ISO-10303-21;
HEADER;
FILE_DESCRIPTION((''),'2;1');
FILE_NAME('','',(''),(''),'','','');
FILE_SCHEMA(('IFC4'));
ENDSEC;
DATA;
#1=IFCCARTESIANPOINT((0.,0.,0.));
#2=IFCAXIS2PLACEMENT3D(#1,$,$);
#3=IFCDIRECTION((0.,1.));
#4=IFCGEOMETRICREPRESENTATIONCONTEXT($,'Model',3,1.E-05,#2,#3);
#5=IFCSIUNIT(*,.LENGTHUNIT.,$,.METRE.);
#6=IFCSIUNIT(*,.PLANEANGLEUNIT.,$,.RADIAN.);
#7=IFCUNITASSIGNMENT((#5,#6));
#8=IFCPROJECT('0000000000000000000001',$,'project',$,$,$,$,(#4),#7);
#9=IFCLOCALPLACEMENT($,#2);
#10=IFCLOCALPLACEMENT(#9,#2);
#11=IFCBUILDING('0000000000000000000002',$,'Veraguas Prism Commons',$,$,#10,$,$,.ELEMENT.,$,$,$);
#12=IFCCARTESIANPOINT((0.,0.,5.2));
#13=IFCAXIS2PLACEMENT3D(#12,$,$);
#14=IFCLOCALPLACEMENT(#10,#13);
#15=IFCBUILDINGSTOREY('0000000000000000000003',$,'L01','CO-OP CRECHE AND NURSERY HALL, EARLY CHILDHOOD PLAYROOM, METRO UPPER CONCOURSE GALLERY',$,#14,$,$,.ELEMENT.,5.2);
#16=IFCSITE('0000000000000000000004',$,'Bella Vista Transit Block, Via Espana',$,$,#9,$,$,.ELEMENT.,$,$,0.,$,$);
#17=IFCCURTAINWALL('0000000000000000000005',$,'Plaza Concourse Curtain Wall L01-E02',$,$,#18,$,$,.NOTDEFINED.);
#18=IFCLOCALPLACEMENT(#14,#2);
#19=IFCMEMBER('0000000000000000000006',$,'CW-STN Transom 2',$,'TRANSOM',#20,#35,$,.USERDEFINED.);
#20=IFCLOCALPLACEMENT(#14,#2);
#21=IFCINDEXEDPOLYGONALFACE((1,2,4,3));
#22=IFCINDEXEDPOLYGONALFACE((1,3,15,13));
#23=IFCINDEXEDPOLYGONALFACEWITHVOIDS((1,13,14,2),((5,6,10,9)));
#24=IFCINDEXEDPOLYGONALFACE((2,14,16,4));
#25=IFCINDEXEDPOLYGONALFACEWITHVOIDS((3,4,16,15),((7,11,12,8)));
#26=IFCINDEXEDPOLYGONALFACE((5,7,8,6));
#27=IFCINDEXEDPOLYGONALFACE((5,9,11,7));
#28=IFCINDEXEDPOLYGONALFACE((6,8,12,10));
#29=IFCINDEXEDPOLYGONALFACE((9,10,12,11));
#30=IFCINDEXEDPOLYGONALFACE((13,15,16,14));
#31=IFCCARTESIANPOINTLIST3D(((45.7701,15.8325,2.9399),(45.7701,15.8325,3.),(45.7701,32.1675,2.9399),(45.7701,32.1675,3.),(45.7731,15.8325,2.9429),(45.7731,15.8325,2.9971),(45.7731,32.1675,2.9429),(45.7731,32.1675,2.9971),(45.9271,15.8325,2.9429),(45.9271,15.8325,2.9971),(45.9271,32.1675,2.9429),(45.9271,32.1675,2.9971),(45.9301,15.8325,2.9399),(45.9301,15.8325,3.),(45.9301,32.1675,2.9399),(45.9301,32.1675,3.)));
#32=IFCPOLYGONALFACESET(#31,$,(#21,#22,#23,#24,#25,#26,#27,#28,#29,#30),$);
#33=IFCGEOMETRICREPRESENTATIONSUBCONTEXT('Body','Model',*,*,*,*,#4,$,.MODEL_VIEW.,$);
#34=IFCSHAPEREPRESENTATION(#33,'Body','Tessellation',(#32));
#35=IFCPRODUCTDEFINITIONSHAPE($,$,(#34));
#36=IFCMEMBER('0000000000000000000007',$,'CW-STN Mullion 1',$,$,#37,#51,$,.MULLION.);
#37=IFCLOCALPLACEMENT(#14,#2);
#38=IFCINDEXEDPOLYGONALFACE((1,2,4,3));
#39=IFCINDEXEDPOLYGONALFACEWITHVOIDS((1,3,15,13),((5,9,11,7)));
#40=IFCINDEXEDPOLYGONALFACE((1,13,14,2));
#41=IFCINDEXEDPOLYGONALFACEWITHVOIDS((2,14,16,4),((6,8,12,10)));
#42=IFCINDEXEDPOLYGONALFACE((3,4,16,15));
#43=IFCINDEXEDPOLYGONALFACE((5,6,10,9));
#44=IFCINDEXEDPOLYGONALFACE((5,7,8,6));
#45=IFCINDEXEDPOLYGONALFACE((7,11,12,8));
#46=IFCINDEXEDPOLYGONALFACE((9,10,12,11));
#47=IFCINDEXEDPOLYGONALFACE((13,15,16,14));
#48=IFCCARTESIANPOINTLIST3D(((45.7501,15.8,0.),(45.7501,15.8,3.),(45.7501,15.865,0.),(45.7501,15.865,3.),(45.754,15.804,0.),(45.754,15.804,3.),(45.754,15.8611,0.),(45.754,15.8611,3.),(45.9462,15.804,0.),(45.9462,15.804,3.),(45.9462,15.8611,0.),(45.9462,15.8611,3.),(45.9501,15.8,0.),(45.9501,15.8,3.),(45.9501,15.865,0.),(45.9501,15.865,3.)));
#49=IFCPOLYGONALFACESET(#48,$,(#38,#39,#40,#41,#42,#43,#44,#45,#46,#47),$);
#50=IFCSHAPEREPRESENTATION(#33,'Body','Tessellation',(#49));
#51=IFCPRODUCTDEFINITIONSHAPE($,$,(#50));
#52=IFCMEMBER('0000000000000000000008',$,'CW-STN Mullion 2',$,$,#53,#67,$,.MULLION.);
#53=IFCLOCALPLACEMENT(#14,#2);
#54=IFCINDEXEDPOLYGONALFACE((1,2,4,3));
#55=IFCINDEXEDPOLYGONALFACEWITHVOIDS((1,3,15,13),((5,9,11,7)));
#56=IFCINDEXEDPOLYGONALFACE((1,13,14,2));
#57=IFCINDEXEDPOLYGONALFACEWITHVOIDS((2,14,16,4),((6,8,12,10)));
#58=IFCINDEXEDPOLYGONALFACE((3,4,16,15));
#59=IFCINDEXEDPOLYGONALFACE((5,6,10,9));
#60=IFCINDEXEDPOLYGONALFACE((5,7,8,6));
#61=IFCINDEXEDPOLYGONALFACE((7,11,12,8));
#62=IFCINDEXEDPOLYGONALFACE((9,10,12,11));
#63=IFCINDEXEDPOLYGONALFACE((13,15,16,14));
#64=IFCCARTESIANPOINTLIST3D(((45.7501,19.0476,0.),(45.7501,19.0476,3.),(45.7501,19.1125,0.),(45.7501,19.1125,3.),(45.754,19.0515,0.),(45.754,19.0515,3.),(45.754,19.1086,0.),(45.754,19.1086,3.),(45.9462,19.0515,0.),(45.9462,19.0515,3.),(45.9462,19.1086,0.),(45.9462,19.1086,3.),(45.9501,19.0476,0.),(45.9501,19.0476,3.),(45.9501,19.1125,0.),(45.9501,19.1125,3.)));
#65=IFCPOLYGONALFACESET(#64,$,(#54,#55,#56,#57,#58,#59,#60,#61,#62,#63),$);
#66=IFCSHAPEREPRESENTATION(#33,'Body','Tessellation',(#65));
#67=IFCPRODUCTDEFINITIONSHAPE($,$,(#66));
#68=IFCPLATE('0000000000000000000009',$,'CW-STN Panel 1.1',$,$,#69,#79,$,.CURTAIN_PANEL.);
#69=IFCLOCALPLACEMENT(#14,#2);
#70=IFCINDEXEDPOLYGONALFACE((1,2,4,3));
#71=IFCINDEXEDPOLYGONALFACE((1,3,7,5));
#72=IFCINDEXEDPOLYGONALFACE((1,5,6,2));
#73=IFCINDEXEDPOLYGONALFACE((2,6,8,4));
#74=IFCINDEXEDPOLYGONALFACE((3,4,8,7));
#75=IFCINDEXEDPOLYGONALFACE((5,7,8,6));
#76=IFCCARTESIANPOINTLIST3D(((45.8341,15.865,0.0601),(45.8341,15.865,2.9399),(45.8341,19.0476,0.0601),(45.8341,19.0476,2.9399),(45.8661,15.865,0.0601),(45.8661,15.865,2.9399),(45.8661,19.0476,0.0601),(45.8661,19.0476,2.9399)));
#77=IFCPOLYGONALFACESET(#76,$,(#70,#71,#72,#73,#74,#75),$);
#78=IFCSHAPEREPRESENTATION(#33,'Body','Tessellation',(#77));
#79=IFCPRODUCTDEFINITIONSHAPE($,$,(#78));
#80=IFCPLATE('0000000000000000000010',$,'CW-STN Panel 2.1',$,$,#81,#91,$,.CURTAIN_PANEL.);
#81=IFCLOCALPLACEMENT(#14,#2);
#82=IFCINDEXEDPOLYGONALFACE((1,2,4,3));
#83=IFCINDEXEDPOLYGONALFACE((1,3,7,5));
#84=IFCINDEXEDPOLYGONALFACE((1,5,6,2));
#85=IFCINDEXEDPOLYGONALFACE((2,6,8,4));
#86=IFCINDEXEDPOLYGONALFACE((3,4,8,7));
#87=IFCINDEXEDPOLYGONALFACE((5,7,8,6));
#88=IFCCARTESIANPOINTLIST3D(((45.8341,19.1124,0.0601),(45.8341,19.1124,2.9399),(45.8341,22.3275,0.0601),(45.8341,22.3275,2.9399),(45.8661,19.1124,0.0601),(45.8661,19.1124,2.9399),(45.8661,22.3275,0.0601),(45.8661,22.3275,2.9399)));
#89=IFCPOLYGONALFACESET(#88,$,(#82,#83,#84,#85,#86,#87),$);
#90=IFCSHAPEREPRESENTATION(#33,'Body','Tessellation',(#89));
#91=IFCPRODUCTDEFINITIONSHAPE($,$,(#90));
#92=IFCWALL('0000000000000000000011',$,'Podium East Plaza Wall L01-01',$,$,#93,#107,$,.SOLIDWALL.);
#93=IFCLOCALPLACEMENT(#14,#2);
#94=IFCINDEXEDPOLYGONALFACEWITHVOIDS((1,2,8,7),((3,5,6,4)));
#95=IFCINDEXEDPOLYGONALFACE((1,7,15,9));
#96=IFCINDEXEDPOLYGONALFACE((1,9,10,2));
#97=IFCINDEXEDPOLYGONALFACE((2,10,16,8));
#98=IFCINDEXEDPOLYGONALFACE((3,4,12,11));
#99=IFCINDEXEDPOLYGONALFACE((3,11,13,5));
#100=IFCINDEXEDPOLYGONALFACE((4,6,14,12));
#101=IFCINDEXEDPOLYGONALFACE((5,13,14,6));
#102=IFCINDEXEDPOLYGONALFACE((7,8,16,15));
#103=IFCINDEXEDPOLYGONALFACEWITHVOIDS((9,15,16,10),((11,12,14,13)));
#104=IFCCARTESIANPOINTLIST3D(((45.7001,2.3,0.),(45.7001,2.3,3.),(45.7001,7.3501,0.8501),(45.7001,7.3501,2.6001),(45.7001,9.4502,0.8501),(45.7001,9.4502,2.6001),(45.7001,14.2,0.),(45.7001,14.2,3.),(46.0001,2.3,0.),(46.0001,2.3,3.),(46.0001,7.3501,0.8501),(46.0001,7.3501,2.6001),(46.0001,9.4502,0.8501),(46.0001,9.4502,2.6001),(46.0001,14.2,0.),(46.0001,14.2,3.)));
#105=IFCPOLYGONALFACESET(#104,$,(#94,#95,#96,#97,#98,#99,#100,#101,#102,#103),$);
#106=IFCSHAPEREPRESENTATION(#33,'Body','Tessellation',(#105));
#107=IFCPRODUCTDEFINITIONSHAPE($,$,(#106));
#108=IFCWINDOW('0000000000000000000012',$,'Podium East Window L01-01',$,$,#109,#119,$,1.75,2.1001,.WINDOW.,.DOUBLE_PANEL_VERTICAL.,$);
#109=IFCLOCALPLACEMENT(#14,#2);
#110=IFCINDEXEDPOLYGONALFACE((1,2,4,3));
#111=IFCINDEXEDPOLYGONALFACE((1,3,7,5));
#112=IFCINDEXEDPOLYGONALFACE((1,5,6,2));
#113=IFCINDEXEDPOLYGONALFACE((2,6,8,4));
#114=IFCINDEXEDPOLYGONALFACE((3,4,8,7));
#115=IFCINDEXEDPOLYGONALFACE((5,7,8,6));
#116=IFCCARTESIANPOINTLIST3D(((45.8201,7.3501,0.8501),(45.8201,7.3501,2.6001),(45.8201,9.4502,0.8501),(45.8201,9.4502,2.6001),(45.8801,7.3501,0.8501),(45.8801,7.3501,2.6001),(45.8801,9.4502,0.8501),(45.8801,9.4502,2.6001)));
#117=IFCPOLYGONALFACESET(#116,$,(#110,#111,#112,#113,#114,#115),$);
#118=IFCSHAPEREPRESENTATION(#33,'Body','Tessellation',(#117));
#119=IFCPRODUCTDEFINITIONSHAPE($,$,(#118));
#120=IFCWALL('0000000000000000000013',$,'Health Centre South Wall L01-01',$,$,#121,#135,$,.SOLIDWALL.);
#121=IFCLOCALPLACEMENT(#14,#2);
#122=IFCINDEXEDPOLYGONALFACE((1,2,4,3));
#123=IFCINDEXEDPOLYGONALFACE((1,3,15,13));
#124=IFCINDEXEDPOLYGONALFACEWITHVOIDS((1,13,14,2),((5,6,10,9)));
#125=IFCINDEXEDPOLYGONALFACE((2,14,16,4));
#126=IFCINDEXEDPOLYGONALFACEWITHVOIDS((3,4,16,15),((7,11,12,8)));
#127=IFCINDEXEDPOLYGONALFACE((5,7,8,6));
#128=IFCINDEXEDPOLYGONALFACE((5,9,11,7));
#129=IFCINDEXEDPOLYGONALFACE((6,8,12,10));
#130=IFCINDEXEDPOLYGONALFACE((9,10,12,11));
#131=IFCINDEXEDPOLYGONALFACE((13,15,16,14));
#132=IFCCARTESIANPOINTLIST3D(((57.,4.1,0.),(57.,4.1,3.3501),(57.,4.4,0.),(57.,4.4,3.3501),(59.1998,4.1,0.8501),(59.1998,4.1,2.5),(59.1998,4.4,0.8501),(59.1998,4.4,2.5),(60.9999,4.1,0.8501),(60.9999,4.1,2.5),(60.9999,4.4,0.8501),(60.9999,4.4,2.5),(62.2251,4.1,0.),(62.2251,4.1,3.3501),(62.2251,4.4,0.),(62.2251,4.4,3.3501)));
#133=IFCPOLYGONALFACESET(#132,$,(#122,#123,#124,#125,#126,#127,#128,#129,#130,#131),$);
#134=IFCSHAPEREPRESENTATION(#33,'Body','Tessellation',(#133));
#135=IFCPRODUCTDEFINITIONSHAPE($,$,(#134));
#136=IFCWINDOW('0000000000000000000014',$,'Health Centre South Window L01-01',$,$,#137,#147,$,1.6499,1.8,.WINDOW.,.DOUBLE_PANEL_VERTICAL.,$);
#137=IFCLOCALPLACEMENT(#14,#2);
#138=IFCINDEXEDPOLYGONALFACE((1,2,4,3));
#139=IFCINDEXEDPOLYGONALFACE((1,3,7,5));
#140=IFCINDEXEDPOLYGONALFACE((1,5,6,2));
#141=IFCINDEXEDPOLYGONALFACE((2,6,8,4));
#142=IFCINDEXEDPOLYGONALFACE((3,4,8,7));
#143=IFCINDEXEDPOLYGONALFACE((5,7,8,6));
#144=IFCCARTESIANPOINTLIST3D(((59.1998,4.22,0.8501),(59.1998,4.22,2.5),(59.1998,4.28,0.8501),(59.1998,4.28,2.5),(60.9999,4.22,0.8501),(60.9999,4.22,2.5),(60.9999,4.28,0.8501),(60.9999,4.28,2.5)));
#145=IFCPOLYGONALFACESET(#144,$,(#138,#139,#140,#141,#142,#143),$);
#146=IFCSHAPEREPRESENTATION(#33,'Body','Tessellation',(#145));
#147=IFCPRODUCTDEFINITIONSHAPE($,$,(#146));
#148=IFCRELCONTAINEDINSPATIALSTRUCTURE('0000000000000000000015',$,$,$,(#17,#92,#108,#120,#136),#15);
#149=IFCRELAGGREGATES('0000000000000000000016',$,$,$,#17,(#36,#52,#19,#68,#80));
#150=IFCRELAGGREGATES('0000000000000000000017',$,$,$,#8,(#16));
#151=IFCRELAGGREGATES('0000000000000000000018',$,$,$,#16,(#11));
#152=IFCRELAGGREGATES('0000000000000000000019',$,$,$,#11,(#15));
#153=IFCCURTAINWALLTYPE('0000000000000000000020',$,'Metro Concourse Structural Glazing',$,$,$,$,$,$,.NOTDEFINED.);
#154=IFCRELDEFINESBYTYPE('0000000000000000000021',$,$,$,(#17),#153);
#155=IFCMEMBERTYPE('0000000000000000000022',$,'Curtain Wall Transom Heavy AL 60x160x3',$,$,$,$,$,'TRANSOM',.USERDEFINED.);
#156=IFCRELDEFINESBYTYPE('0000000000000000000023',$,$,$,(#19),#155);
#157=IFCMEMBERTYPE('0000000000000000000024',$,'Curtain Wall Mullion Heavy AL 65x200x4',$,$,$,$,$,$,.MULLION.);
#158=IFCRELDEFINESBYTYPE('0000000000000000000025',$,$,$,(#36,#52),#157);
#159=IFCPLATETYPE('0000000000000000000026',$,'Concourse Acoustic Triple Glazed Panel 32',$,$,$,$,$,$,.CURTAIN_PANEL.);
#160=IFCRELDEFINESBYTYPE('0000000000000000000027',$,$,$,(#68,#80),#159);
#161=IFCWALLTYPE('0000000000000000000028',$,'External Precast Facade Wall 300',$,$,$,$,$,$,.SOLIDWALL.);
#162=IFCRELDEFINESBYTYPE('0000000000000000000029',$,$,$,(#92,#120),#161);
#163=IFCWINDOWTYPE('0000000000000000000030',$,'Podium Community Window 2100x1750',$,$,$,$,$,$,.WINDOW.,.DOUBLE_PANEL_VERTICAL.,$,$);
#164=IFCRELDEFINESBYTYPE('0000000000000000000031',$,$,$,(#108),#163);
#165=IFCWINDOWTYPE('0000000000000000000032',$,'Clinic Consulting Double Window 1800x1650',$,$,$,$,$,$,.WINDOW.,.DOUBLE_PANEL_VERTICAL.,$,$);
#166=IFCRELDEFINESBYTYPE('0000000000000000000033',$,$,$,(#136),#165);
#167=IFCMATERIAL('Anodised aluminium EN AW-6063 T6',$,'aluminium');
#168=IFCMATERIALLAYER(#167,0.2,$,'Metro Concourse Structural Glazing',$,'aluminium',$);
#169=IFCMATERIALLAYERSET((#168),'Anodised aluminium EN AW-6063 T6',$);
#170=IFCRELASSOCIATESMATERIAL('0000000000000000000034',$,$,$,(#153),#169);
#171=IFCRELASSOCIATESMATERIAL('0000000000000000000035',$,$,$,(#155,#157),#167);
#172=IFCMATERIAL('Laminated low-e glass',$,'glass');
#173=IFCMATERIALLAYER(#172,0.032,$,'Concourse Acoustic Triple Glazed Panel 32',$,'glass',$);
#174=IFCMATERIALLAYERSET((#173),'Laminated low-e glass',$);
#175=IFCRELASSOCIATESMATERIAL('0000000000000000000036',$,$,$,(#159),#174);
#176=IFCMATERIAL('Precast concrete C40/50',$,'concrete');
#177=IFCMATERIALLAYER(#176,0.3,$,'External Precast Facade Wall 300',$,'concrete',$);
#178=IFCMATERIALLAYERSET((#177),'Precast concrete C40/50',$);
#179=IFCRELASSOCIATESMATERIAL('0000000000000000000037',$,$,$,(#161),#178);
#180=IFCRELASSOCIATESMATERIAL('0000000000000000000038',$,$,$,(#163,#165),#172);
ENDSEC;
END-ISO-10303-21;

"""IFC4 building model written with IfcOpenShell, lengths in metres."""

from ifc_helpers import new_model, si_unit, direction, frame, frame_2d, origin, origin_2d, place, context, subcontext, project, spatial, rectangle, hollow_rectangle, extrude, source, transform, mapped, material, layer, layer_set, material_profile, profile_set, type_object, element, fill, aggregate, save


model = new_model("IFC4")

# Units and contexts
model_context = context("Model", 3, precision=1e-05, world=origin(), true_north=direction((0.0, 1.0)))
body_context = subcontext(model_context, "Body", "Model", "MODEL_VIEW")
ifc_project = project(units=[si_unit("LENGTHUNIT", "METRE"), si_unit("PLANEANGLEUNIT", "RADIAN")], contexts=[model_context])

# Site, building, storey
site_placement = place(None, origin())
site = spatial("IfcSite", under=ifc_project, at=site_placement, Name="Bella Vista Transit Block, Via Espana", CompositionType="ELEMENT", RefElevation=0.0)
building_placement = place(site_placement, origin())
building = spatial("IfcBuilding", under=site, at=building_placement, Name="Veraguas Prism Commons", CompositionType="ELEMENT")
storey_placement = place(building_placement, frame((0.0, 0.0, 5.2)))
storey = spatial("IfcBuildingStorey", under=building, at=storey_placement, Name="L01", Description="CO-OP CRECHE AND NURSERY HALL, EARLY CHILDHOOD PLAYROOM, METRO UPPER CONCOURSE GALLERY", CompositionType="ELEMENT", Elevation=5.2)

# Curtain wall, members, plates
ifc_material_1 = material(Name="Anodised aluminium EN AW-6063 T6", Category="aluminium")
ifc_layer_1 = layer(ifc_material_1, 0.2, Name="Metro Concourse Structural Glazing", Category="aluminium")
ifc_layer_set_1 = layer_set([ifc_layer_1], Name="Anodised aluminium EN AW-6063 T6")
curtain_wall_type = type_object("IfcCurtainWallType", Name="Metro Concourse Structural Glazing", PredefinedType="NOTDEFINED", material=ifc_layer_set_1)
curtain_wall_placement = place(storey_placement, origin())
curtain_wall = element("IfcCurtainWall", 1, at=curtain_wall_placement, inside=storey, type_object=curtain_wall_type, Name="Plaza Concourse Curtain Wall L01-E02", PredefinedType="NOTDEFINED")
ifc_material_profile_1 = material_profile(ifc_material_1, hollow_rectangle(XDim=0.0601, YDim=0.1599, WallThickness=0.0029, at=origin_2d()), Name="AL60X160X3")
ifc_profile_set_1 = profile_set([ifc_material_profile_1], Name="Anodised aluminium EN AW-6063 T6")
member_type_1 = type_object("IfcMemberType", Name="Curtain Wall Transom Heavy AL 60x160x3", ElementType="TRANSOM", PredefinedType="USERDEFINED", material=ifc_profile_set_1)
shared_shape_1 = source(origin(), body_context, "Body", "SweptSolid", [
    extrude(hollow_rectangle(XDim=0.0601, YDim=0.1599, WallThickness=0.0029, at=origin_2d()), origin(), (0.0, 0.0, 1.0), 16.335),
])
member_1_placement = place(storey_placement, frame((45.8501, 15.8325, 2.97), z_axis=(0.0, 1.0, 0.0), x_axis=(0.0, 0.0, 1.0)))
member_1 = element("IfcMember", 2, at=member_1_placement, type_object=member_type_1, Name="CW-STN Transom 2", ObjectType="TRANSOM", PredefinedType="USERDEFINED", context=body_context, shape_type="MappedRepresentation", body=[
    mapped(shared_shape_1, transform((0.0, 0.0, 0.0), scale=1.0)),
])
ifc_material_profile_2 = material_profile(ifc_material_1, hollow_rectangle(XDim=0.0649, YDim=0.2, WallThickness=0.0039, at=origin_2d()), Name="AL65X200X4")
ifc_profile_set_2 = profile_set([ifc_material_profile_2], Name="Anodised aluminium EN AW-6063 T6")
member_type_2 = type_object("IfcMemberType", Name="Curtain Wall Mullion Heavy AL 65x200x4", PredefinedType="MULLION", material=ifc_profile_set_2)
shared_shape_2 = source(origin(), body_context, "Body", "SweptSolid", [
    extrude(hollow_rectangle(XDim=0.0649, YDim=0.2, WallThickness=0.0039, at=origin_2d()), origin(), (0.0, 0.0, 1.0), 3.0),
])
member_2_placement = place(storey_placement, frame((45.8501, 15.8325, 0.0), z_axis=(0.0, 0.0, 1.0), x_axis=(0.0, 1.0, 0.0)))
member_2 = element("IfcMember", 3, at=member_2_placement, type_object=member_type_2, Name="CW-STN Mullion 1", PredefinedType="MULLION", context=body_context, shape_type="MappedRepresentation", body=[
    mapped(shared_shape_2, transform((0.0, 0.0, 0.0), scale=1.0)),
])
member_3_placement = place(storey_placement, frame((45.8501, 19.0801, 0.0), z_axis=(0.0, 0.0, 1.0), x_axis=(0.0, 1.0, 0.0)))
member_3 = element("IfcMember", 4, at=member_3_placement, type_object=member_type_2, Name="CW-STN Mullion 2", PredefinedType="MULLION", context=body_context, shape_type="MappedRepresentation", body=[
    mapped(shared_shape_2, transform((0.0, 0.0, 0.0), scale=1.0)),
])
ifc_material_2 = material(Name="Laminated low-e glass", Category="glass")
ifc_layer_2 = layer(ifc_material_2, 0.032, Name="Concourse Acoustic Triple Glazed Panel 32", Category="glass")
ifc_layer_set_2 = layer_set([ifc_layer_2], Name="Laminated low-e glass")
plate_type = type_object("IfcPlateType", Name="Concourse Acoustic Triple Glazed Panel 32", PredefinedType="CURTAIN_PANEL", material=ifc_layer_set_2)
shared_shape_3 = source(origin(), body_context, "Body", "SweptSolid", [
    extrude(rectangle(XDim=3.1826, YDim=0.032, at=origin_2d()), origin(), (0.0, 0.0, 1.0), 2.8799),
])
plate_1_placement = place(storey_placement, frame((45.8501, 17.4563, 0.0601), z_axis=(0.0, 0.0, 1.0), x_axis=(0.0, 1.0, 0.0)))
plate_1 = element("IfcPlate", 5, at=plate_1_placement, type_object=plate_type, Name="CW-STN Panel 1.1", PredefinedType="CURTAIN_PANEL", context=body_context, shape_type="MappedRepresentation", body=[
    mapped(shared_shape_3, transform((0.0, 0.0, 0.0), scale=1.0)),
])
shared_shape_4 = source(origin(), body_context, "Body", "SweptSolid", [
    extrude(rectangle(XDim=3.2151, YDim=0.032, at=origin_2d()), origin(), (0.0, 0.0, 1.0), 2.8799),
])
plate_2_placement = place(storey_placement, frame((45.8501, 20.72, 0.0601), z_axis=(0.0, 0.0, 1.0), x_axis=(0.0, 1.0, 0.0)))
plate_2 = element("IfcPlate", 6, at=plate_2_placement, type_object=plate_type, Name="CW-STN Panel 2.1", PredefinedType="CURTAIN_PANEL", context=body_context, shape_type="MappedRepresentation", body=[
    mapped(shared_shape_4, transform((0.0, 0.0, 0.0), scale=1.0)),
])
aggregate(curtain_wall, [member_2, member_3, member_1, plate_1, plate_2])

# Walls, openings, windows
ifc_material_3 = material(Name="Precast concrete C40/50", Category="concrete")
ifc_layer_3 = layer(ifc_material_3, 0.3, Name="External Precast Facade Wall 300", Category="concrete")
ifc_layer_set_3 = layer_set([ifc_layer_3], Name="Precast concrete C40/50")
wall_type = type_object("IfcWallType", Name="External Precast Facade Wall 300", PredefinedType="SOLIDWALL", material=ifc_layer_set_3)
wall_1_placement = place(storey_placement, frame((45.8501, 2.3, 0.0), z_axis=(0.0, 0.0, 1.0), x_axis=(0.0, 1.0, 0.0)))
wall_1 = element("IfcWall", 7, at=wall_1_placement, inside=storey, type_object=wall_type, Name="Podium East Plaza Wall L01-01", PredefinedType="SOLIDWALL", context=body_context, shape_type="SweptSolid", body=[
    extrude(rectangle(XDim=11.8999, YDim=0.3, at=frame_2d((5.95, 0.0))), origin(), (0.0, 0.0, 1.0), 3.0),
])
opening_1_placement = place(wall_1_placement, frame((5.05, 0.0, 0.8501)))
opening_1 = element("IfcOpeningElement", 8, at=opening_1_placement, cuts=wall_1, PredefinedType="OPENING", context=body_context, shape_type="SweptSolid", body=[
    extrude(rectangle(XDim=2.1001, YDim=1.75, at=frame_2d((1.05, 0.875))), frame((0.0, 0.1599, 0.0), z_axis=(0.0, -1.0, 0.0), x_axis=(1.0, 0.0, 0.0)), (0.0, 0.0, 1.0), 0.3201),
])
window_type_1 = type_object("IfcWindowType", Name="Podium Community Window 2100x1750", PartitioningType="DOUBLE_PANEL_VERTICAL", PredefinedType="WINDOW", material=ifc_material_2)
shared_shape_5 = source(origin(), body_context, "Body", "SweptSolid", [
    extrude(rectangle(XDim=2.1001, YDim=1.75, at=frame_2d((1.05, 0.875))), frame((0.0, 0.03, 0.0), z_axis=(0.0, -1.0, 0.0), x_axis=(1.0, 0.0, 0.0)), (0.0, 0.0, 1.0), 0.0601),
])
window_1_placement = place(opening_1_placement, origin())
window_1 = element("IfcWindow", 9, at=window_1_placement, inside=storey, type_object=window_type_1, Name="Podium East Window L01-01", OverallHeight=1.75, OverallWidth=2.1001, PartitioningType="DOUBLE_PANEL_VERTICAL", PredefinedType="WINDOW", context=body_context, shape_type="MappedRepresentation", body=[
    mapped(shared_shape_5, transform((0.0, 0.0, 0.0), scale=1.0)),
])
fill(opening_1, window_1)
wall_2_placement = place(storey_placement, frame((57.0, 4.25, 0.0), z_axis=(0.0, 0.0, 1.0), x_axis=(1.0, 0.0, 0.0)))
wall_2 = element("IfcWall", 10, at=wall_2_placement, inside=storey, type_object=wall_type, Name="Health Centre South Wall L01-01", PredefinedType="SOLIDWALL", context=body_context, shape_type="SweptSolid", body=[
    extrude(rectangle(XDim=5.2251, YDim=0.3, at=frame_2d((2.6125, 0.0))), origin(), (0.0, 0.0, 1.0), 3.3501),
])
opening_2_placement = place(wall_2_placement, frame((2.2, 0.0, 0.8501)))
opening_2 = element("IfcOpeningElement", 11, at=opening_2_placement, cuts=wall_2, PredefinedType="OPENING", context=body_context, shape_type="SweptSolid", body=[
    extrude(rectangle(XDim=1.8, YDim=1.6499, at=frame_2d((0.8999, 0.825))), frame((0.0, 0.1599, 0.0), z_axis=(0.0, -1.0, 0.0), x_axis=(1.0, 0.0, 0.0)), (0.0, 0.0, 1.0), 0.3201),
])
window_type_2 = type_object("IfcWindowType", Name="Clinic Consulting Double Window 1800x1650", PartitioningType="DOUBLE_PANEL_VERTICAL", PredefinedType="WINDOW", material=ifc_material_2)
shared_shape_6 = source(origin(), body_context, "Body", "SweptSolid", [
    extrude(rectangle(XDim=1.8, YDim=1.6499, at=frame_2d((0.8999, 0.825))), frame((0.0, 0.03, 0.0), z_axis=(0.0, -1.0, 0.0), x_axis=(1.0, 0.0, 0.0)), (0.0, 0.0, 1.0), 0.0601),
])
window_2_placement = place(opening_2_placement, origin())
window_2 = element("IfcWindow", 12, at=window_2_placement, inside=storey, type_object=window_type_2, Name="Health Centre South Window L01-01", OverallHeight=1.6499, OverallWidth=1.8, PartitioningType="DOUBLE_PANEL_VERTICAL", PredefinedType="WINDOW", context=body_context, shape_type="MappedRepresentation", body=[
    mapped(shared_shape_6, transform((0.0, 0.0, 0.0), scale=1.0)),
])
fill(opening_2, window_2)

save(model, "model.ifc")
